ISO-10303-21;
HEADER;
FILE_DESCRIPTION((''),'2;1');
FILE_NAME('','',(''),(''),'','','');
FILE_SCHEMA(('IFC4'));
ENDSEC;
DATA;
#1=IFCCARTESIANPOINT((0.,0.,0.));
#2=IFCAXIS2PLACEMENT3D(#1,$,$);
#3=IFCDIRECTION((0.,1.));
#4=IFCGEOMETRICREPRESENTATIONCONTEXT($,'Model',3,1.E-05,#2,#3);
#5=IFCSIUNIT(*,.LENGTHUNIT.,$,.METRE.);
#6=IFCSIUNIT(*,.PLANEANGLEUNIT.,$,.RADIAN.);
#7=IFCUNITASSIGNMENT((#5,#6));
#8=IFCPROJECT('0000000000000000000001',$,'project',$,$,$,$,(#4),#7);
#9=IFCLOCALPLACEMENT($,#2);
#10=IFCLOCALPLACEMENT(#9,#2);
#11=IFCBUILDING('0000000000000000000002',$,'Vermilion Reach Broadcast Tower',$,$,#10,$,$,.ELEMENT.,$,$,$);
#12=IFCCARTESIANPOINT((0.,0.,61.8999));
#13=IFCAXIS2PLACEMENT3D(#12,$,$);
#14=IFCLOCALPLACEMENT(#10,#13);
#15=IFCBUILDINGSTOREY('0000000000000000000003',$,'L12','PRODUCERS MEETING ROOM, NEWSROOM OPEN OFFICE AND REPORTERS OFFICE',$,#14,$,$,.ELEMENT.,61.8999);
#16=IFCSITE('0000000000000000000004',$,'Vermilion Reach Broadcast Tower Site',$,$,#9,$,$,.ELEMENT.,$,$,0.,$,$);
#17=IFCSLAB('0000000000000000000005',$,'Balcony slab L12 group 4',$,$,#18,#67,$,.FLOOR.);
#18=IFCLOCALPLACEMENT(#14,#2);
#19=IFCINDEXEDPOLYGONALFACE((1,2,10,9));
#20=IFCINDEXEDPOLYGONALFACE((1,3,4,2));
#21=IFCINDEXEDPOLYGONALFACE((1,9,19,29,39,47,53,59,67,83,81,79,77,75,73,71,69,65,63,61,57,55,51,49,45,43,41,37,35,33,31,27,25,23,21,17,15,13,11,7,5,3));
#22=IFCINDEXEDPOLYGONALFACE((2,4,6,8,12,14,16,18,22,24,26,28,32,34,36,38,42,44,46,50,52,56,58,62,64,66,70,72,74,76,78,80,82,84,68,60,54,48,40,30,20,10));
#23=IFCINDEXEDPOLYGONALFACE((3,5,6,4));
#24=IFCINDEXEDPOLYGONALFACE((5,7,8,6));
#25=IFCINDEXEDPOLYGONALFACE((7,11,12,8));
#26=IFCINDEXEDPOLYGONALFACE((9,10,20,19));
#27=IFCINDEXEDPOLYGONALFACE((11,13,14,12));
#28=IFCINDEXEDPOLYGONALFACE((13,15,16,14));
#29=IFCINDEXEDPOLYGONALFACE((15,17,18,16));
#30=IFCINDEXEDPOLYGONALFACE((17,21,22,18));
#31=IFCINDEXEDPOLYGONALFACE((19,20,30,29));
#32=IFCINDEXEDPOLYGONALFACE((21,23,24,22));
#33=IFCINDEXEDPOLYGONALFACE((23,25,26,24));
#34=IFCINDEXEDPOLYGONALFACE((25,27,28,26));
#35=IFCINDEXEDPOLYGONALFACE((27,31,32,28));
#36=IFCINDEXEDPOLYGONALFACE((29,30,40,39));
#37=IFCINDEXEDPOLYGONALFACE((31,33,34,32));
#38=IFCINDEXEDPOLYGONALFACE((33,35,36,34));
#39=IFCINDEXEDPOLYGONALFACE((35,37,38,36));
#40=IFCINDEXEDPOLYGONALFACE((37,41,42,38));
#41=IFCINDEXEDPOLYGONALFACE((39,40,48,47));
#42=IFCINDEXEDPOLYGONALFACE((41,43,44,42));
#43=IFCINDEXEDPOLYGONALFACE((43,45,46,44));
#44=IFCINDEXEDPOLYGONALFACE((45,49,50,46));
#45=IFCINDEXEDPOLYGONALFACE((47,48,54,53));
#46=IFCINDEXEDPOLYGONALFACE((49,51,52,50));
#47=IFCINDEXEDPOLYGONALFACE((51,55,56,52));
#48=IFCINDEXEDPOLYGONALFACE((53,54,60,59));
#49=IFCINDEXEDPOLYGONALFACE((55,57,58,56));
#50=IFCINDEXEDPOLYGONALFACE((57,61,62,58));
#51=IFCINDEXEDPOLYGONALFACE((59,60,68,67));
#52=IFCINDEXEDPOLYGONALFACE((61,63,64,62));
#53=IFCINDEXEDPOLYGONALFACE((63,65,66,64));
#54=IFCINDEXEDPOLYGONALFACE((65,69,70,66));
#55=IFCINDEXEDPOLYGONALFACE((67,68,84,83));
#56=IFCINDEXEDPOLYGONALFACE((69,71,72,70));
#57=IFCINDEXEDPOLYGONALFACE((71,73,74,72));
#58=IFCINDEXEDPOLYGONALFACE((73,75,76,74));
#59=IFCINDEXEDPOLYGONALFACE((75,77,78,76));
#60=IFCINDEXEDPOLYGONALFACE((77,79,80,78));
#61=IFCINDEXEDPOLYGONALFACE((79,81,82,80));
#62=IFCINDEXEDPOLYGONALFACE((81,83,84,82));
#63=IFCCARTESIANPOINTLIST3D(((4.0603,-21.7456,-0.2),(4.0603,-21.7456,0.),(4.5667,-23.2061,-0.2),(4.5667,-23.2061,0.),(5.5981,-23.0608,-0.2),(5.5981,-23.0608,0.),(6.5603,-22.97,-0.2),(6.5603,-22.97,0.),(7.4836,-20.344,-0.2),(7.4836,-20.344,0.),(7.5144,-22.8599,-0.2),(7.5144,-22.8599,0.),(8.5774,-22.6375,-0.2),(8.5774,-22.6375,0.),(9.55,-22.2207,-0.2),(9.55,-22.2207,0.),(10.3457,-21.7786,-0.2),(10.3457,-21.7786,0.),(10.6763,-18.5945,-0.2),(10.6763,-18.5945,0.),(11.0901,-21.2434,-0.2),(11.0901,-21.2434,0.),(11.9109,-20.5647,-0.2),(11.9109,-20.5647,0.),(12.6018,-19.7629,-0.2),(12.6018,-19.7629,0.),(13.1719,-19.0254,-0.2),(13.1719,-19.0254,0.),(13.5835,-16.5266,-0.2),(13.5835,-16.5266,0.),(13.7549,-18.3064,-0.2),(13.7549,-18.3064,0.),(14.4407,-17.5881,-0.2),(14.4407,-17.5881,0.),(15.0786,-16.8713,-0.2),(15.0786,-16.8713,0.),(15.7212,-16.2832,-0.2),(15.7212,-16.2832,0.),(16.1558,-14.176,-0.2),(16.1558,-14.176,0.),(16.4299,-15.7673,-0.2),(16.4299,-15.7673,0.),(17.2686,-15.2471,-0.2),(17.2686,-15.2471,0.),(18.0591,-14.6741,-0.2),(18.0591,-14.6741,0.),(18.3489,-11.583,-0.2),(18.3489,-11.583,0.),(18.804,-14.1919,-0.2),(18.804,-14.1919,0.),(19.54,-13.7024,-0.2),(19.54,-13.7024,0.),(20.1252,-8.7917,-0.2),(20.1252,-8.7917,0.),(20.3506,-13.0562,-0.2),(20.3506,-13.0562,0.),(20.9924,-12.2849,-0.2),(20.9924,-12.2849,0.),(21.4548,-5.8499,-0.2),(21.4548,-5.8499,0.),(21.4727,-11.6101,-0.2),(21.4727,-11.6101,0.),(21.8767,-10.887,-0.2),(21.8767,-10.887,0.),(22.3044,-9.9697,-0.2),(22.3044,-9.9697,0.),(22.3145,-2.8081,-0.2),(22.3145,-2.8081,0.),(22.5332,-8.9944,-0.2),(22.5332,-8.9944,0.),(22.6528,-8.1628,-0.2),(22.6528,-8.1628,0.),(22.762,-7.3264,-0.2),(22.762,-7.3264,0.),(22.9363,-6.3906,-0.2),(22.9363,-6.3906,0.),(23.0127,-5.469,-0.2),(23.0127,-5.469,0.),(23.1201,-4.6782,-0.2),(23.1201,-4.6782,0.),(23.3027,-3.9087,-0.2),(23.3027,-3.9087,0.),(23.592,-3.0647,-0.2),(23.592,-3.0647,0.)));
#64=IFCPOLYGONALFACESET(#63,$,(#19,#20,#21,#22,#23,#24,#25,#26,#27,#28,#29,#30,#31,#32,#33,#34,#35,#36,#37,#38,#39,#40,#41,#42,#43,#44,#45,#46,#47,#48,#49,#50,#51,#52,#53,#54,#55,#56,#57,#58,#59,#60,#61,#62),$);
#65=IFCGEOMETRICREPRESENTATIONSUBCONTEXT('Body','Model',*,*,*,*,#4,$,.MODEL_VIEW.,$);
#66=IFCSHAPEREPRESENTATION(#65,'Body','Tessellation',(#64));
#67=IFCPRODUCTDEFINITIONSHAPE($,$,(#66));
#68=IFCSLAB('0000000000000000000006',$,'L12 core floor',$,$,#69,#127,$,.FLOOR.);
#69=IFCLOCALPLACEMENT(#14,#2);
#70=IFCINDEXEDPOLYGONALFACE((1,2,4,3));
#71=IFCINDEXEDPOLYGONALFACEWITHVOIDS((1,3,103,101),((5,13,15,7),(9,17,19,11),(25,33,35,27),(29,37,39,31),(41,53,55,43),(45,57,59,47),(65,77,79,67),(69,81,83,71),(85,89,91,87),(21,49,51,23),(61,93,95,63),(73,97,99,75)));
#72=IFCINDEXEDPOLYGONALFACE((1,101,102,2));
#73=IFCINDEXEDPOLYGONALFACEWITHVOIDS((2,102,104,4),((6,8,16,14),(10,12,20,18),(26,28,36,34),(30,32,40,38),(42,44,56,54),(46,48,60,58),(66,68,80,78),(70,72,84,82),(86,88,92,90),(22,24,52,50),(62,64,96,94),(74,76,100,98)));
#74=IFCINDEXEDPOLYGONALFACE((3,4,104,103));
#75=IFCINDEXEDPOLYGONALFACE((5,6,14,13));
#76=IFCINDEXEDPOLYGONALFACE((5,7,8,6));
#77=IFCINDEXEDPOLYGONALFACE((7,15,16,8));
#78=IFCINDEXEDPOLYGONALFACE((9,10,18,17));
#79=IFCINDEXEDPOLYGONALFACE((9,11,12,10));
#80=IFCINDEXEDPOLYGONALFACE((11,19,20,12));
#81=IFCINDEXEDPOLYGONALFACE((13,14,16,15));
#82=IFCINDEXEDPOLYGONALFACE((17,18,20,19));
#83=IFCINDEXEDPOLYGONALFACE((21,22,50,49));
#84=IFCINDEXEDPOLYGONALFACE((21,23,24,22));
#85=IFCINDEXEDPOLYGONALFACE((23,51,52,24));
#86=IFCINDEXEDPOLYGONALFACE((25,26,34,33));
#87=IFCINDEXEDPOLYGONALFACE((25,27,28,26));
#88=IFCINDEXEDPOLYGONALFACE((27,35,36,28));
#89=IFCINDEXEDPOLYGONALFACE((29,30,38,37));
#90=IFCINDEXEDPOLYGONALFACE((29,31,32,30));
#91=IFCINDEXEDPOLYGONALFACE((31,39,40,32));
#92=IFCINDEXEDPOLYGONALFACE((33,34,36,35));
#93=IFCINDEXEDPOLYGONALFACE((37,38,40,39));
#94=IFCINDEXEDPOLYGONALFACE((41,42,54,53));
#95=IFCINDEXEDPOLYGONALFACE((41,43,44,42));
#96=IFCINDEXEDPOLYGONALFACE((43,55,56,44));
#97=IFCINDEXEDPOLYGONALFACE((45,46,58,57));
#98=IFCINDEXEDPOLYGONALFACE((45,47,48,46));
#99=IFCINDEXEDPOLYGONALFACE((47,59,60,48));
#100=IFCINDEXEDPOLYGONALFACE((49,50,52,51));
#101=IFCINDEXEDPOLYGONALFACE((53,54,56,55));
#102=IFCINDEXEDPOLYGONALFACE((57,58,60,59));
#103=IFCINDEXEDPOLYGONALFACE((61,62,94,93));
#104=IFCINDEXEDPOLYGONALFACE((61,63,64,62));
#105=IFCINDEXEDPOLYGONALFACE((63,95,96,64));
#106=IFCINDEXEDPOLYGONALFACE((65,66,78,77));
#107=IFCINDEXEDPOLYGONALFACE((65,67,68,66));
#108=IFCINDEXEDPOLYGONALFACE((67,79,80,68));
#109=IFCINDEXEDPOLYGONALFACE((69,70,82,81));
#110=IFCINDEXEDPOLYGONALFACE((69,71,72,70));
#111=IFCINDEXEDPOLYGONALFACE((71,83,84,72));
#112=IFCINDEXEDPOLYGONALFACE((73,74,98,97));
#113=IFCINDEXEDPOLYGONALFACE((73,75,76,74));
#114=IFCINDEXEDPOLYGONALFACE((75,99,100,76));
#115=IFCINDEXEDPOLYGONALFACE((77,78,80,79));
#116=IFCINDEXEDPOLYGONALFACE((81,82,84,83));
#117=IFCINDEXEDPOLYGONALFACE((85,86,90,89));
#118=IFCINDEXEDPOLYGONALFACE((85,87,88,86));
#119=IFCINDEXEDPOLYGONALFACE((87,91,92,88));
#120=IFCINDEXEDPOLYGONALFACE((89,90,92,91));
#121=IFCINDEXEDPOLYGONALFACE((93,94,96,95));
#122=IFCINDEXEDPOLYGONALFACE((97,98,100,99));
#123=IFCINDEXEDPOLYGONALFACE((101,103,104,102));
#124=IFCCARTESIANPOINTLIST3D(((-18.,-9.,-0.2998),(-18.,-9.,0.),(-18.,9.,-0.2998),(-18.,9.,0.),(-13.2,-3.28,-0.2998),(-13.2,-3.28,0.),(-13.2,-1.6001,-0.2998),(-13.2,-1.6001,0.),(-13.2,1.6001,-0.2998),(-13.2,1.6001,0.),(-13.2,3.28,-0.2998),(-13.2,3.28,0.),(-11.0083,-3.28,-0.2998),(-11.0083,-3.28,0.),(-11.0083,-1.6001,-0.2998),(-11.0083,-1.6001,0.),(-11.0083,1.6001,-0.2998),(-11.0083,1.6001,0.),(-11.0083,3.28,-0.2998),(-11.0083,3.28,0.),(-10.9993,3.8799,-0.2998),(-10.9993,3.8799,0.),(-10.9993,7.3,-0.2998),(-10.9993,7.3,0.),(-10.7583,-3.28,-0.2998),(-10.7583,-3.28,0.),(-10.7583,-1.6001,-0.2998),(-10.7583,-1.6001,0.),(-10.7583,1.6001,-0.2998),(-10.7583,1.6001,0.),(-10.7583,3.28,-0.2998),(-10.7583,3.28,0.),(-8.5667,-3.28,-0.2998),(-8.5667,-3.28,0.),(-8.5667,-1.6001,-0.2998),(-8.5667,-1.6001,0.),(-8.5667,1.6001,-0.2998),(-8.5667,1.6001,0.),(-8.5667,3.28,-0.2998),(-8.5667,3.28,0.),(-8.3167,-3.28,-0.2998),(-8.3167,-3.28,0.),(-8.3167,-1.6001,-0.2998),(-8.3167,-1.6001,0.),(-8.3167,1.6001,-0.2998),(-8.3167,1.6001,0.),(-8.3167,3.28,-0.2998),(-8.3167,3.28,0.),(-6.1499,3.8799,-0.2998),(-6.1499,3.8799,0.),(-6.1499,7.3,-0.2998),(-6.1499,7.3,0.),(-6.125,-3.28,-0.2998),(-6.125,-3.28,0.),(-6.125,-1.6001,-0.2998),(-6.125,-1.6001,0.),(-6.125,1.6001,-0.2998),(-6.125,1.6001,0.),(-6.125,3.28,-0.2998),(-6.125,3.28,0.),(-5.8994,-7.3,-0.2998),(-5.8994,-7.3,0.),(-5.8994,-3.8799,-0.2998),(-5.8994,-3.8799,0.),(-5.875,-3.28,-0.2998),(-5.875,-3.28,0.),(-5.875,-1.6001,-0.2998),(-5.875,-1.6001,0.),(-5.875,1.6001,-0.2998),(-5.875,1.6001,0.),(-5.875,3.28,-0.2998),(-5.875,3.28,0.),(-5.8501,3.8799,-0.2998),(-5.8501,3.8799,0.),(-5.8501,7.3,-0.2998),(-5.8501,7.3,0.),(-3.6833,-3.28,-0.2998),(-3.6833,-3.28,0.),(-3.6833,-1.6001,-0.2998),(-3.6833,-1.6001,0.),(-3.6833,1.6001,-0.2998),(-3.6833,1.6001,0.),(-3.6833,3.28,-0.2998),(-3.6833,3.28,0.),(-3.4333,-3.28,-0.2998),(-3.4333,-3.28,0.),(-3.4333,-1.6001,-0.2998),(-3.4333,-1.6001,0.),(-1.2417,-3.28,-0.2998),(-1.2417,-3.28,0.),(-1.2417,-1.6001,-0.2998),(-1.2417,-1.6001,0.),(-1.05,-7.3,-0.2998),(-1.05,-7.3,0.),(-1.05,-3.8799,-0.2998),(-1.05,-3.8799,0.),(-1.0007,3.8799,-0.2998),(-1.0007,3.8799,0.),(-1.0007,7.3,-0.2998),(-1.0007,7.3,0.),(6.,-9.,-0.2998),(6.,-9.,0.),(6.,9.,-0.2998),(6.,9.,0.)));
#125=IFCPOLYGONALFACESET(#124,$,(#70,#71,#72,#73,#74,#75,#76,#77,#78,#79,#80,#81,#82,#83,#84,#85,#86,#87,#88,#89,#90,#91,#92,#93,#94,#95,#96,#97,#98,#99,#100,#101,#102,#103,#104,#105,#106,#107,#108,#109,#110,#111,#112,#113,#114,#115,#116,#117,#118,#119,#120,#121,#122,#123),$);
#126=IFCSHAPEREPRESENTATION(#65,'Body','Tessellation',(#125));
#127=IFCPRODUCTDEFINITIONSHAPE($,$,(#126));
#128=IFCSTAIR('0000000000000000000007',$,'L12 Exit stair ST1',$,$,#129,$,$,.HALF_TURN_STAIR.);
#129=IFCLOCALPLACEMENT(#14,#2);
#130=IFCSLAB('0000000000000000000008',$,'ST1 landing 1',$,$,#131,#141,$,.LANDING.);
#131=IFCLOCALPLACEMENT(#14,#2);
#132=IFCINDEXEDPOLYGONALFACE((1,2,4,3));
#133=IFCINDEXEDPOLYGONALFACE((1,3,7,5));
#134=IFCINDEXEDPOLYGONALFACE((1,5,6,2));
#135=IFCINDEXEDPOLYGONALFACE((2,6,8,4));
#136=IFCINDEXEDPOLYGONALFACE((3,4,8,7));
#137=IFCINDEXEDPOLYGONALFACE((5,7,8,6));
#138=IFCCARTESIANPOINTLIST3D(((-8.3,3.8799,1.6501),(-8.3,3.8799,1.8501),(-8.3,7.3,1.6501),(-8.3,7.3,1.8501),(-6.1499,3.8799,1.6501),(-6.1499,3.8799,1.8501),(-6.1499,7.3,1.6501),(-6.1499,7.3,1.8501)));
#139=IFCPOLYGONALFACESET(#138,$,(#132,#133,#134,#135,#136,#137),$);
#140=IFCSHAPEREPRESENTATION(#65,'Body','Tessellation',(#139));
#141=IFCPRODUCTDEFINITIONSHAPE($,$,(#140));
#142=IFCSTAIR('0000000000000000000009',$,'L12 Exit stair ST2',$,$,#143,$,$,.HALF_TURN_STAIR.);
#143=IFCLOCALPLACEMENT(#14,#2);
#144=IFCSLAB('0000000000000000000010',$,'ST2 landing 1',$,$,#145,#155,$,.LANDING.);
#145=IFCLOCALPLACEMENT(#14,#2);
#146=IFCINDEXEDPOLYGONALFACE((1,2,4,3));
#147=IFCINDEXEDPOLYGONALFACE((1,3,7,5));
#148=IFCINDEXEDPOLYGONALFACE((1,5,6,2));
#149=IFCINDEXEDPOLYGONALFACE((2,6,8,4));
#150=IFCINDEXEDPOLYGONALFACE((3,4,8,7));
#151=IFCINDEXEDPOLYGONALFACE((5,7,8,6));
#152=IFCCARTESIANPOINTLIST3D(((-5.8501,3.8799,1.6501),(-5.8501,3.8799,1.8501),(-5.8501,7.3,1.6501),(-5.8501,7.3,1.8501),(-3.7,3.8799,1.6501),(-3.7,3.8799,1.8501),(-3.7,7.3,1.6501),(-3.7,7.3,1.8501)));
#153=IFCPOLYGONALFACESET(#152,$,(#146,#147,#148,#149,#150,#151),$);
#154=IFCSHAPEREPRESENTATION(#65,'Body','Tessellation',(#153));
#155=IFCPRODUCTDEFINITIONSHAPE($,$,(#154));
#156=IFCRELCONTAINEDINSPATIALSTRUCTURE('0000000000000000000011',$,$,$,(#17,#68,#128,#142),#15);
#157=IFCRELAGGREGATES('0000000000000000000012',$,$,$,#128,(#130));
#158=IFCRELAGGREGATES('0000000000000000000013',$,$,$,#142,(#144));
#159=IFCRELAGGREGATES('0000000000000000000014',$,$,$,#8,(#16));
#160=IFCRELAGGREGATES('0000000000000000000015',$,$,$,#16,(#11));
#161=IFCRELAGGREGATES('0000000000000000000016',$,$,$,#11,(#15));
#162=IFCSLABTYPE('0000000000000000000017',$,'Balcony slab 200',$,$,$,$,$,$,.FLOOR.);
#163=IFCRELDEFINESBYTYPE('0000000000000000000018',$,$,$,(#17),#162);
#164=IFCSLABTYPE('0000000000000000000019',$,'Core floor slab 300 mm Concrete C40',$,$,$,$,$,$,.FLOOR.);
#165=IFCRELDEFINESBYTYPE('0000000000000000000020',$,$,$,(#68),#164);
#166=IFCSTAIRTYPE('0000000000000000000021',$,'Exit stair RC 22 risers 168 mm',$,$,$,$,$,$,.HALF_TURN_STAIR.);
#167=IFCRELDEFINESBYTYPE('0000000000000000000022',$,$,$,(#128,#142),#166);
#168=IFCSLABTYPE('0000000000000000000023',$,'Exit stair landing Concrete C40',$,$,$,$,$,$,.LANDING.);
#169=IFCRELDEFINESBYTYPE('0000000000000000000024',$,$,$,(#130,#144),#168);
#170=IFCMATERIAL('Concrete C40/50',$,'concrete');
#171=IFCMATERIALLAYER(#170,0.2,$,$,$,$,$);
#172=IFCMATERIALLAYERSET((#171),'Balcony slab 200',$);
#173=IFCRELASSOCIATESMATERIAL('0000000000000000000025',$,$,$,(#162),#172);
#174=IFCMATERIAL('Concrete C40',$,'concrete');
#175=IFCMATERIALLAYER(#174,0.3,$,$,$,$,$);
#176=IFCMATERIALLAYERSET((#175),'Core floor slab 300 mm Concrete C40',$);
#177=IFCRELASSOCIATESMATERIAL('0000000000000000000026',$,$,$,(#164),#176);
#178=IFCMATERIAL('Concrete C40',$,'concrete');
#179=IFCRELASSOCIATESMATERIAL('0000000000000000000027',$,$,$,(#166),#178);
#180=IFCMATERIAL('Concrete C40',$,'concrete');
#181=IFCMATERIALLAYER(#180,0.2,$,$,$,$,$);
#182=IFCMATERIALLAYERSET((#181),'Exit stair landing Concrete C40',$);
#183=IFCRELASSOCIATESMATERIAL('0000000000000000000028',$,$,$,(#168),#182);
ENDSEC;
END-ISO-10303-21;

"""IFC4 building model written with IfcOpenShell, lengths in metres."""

from ifc_helpers import new_model, si_unit, direction, frame, origin, place, context, subcontext, project, spatial, polyline, outline, extrude, material, layer, layer_set, type_object, element, aggregate, save


model = new_model("IFC4")

# Units and contexts
model_context = context("Model", 3, precision=1e-05, world=origin(), true_north=direction((0.0, 1.0)))
body_context = subcontext(model_context, "Body", "Model", "MODEL_VIEW")
ifc_project = project(units=[si_unit("LENGTHUNIT", "METRE"), si_unit("PLANEANGLEUNIT", "RADIAN")], contexts=[model_context])

# Site, building, storey
site_placement = place(None, origin())
site = spatial("IfcSite", under=ifc_project, at=site_placement, Name="Vermilion Reach Broadcast Tower Site", CompositionType="ELEMENT", RefElevation=0.0)
building_placement = place(site_placement, origin())
building = spatial("IfcBuilding", under=site, at=building_placement, Name="Vermilion Reach Broadcast Tower", CompositionType="ELEMENT")
storey_placement = place(building_placement, frame((0.0, 0.0, 61.8999)))
storey = spatial("IfcBuildingStorey", under=building, at=storey_placement, Name="L12", Description="PRODUCERS MEETING ROOM, NEWSROOM OPEN OFFICE AND REPORTERS OFFICE", CompositionType="ELEMENT", Elevation=61.8999)

# Slabs
ifc_material_1 = material(Name="Concrete C40/50", Category="concrete")
ifc_layer_1 = layer(ifc_material_1, 0.2)
ifc_layer_set_1 = layer_set([ifc_layer_1], Name="Balcony slab 200")
slab_type_1 = type_object("IfcSlabType", Name="Balcony slab 200", PredefinedType="FLOOR", material=ifc_layer_set_1)
placement_1 = place(storey_placement, frame((0.0, 0.0, -0.2)))
element("IfcSlab", 1, at=placement_1, inside=storey, type_object=slab_type_1, Name="Balcony slab L12 group 4", PredefinedType="FLOOR", context=body_context, shape_type="SweptSolid", body=[
    extrude(outline(polyline([(4.0603, -21.7456), (7.4836, -20.344), (10.6763, -18.5945), (13.5835, -16.5266), (16.1558, -14.176), (18.3489, -11.583), (20.1252, -8.7917), (21.4548, -5.8499), (22.3145, -2.8081), (23.592, -3.0647), (23.3027, -3.9087), (23.1201, -4.6782), (23.0127, -5.469), (22.9363, -6.3906), (22.762, -7.3264), (22.6528, -8.1628), (22.5332, -8.9944), (22.3044, -9.9697), (21.8767, -10.887), (21.4727, -11.6101), (20.9924, -12.2849), (20.3506, -13.0562), (19.54, -13.7024), (18.804, -14.1919), (18.0591, -14.6741), (17.2686, -15.2471), (16.4299, -15.7673), (15.7212, -16.2832), (15.0786, -16.8713), (14.4407, -17.5881), (13.7549, -18.3064), (13.1719, -19.0254), (12.6018, -19.7629), (11.9109, -20.5647), (11.0901, -21.2434), (10.3457, -21.7786), (9.55, -22.2207), (8.5774, -22.6375), (7.5144, -22.8599), (6.5603, -22.97), (5.5981, -23.0608), (4.5667, -23.2061), (4.0603, -21.7456)])), origin(), (0.0, 0.0, 1.0), 0.2),
])
ifc_material_2 = material(Name="Concrete C40", Category="concrete")
ifc_layer_2 = layer(ifc_material_2, 0.3)
ifc_layer_set_2 = layer_set([ifc_layer_2], Name="Core floor slab 300 mm Concrete C40")
slab_type_2 = type_object("IfcSlabType", Name="Core floor slab 300 mm Concrete C40", PredefinedType="FLOOR", material=ifc_layer_set_2)
slab_1_placement = place(storey_placement, frame((0.0, 0.0, -0.2998)))
element("IfcSlab", 2, at=slab_1_placement, inside=storey, type_object=slab_type_2, Name="L12 core floor", PredefinedType="FLOOR", context=body_context, shape_type="SweptSolid", body=[
    extrude(outline(polyline([(-18.0, -9.0), (6.0, -9.0), (6.0, 9.0), (-18.0, 9.0), (-18.0, -9.0)]), holes=[polyline([(-13.2, 1.6001), (-11.0083, 1.6001), (-11.0083, 3.28), (-13.2, 3.28), (-13.2, 1.6001)]), polyline([(-10.7583, 1.6001), (-8.5667, 1.6001), (-8.5667, 3.28), (-10.7583, 3.28), (-10.7583, 1.6001)]), polyline([(-8.3167, 1.6001), (-6.125, 1.6001), (-6.125, 3.28), (-8.3167, 3.28), (-8.3167, 1.6001)]), polyline([(-5.875, 1.6001), (-3.6833, 1.6001), (-3.6833, 3.28), (-5.875, 3.28), (-5.875, 1.6001)]), polyline([(-13.2, -3.28), (-11.0083, -3.28), (-11.0083, -1.6001), (-13.2, -1.6001), (-13.2, -3.28)]), polyline([(-10.7583, -3.28), (-8.5667, -3.28), (-8.5667, -1.6001), (-10.7583, -1.6001), (-10.7583, -3.28)]), polyline([(-8.3167, -3.28), (-6.125, -3.28), (-6.125, -1.6001), (-8.3167, -1.6001), (-8.3167, -3.28)]), polyline([(-5.875, -3.28), (-3.6833, -3.28), (-3.6833, -1.6001), (-5.875, -1.6001), (-5.875, -3.28)]), polyline([(-3.4333, -3.28), (-1.2417, -3.28), (-1.2417, -1.6001), (-3.4333, -1.6001), (-3.4333, -3.28)]), polyline([(-10.9993, 3.8799), (-6.1499, 3.8799), (-6.1499, 7.3), (-10.9993, 7.3), (-10.9993, 3.8799)]), polyline([(-1.0007, 7.3), (-5.8501, 7.3), (-5.8501, 3.8799), (-1.0007, 3.8799), (-1.0007, 7.3)]), polyline([(-5.8994, -7.3), (-1.05, -7.3), (-1.05, -3.8799), (-5.8994, -3.8799), (-5.8994, -7.3)])]), origin(), (0.0, 0.0, 1.0), 0.2998),
])

# Stairs, slabs
ifc_material_3 = material(Name="Concrete C40", Category="concrete")
stair_type = type_object("IfcStairType", Name="Exit stair RC 22 risers 168 mm", PredefinedType="HALF_TURN_STAIR", material=ifc_material_3)
placement_2 = place(storey_placement, origin())
stair_1 = element("IfcStair", 3, at=placement_2, inside=storey, type_object=stair_type, Name="L12 Exit stair ST1", PredefinedType="HALF_TURN_STAIR")
ifc_material_4 = material(Name="Concrete C40", Category="concrete")
ifc_layer_3 = layer(ifc_material_4, 0.2)
ifc_layer_set_3 = layer_set([ifc_layer_3], Name="Exit stair landing Concrete C40")
slab_type_3 = type_object("IfcSlabType", Name="Exit stair landing Concrete C40", PredefinedType="LANDING", material=ifc_layer_set_3)
placement_3 = place(storey_placement, frame((0.0, 0.0, 1.6501)))
slab_2 = element("IfcSlab", 4, at=placement_3, type_object=slab_type_3, Name="ST1 landing 1", PredefinedType="LANDING", context=body_context, shape_type="SweptSolid", body=[
    extrude(outline(polyline([(-8.3, 3.8799), (-6.1499, 3.8799), (-6.1499, 7.3), (-8.3, 7.3), (-8.3, 3.8799)])), origin(), (0.0, 0.0, 1.0), 0.2),
])
aggregate(stair_1, [slab_2])
stair_2 = element("IfcStair", 5, at=placement_2, inside=storey, type_object=stair_type, Name="L12 Exit stair ST2", PredefinedType="HALF_TURN_STAIR")
slab_3 = element("IfcSlab", 6, at=placement_3, type_object=slab_type_3, Name="ST2 landing 1", PredefinedType="LANDING", context=body_context, shape_type="SweptSolid", body=[
    extrude(outline(polyline([(-3.7, 7.3), (-5.8501, 7.3), (-5.8501, 3.8799), (-3.7, 3.8799), (-3.7, 7.3)])), origin(), (0.0, 0.0, 1.0), 0.2),
])
aggregate(stair_2, [slab_3])

save(model, "model.ifc")
